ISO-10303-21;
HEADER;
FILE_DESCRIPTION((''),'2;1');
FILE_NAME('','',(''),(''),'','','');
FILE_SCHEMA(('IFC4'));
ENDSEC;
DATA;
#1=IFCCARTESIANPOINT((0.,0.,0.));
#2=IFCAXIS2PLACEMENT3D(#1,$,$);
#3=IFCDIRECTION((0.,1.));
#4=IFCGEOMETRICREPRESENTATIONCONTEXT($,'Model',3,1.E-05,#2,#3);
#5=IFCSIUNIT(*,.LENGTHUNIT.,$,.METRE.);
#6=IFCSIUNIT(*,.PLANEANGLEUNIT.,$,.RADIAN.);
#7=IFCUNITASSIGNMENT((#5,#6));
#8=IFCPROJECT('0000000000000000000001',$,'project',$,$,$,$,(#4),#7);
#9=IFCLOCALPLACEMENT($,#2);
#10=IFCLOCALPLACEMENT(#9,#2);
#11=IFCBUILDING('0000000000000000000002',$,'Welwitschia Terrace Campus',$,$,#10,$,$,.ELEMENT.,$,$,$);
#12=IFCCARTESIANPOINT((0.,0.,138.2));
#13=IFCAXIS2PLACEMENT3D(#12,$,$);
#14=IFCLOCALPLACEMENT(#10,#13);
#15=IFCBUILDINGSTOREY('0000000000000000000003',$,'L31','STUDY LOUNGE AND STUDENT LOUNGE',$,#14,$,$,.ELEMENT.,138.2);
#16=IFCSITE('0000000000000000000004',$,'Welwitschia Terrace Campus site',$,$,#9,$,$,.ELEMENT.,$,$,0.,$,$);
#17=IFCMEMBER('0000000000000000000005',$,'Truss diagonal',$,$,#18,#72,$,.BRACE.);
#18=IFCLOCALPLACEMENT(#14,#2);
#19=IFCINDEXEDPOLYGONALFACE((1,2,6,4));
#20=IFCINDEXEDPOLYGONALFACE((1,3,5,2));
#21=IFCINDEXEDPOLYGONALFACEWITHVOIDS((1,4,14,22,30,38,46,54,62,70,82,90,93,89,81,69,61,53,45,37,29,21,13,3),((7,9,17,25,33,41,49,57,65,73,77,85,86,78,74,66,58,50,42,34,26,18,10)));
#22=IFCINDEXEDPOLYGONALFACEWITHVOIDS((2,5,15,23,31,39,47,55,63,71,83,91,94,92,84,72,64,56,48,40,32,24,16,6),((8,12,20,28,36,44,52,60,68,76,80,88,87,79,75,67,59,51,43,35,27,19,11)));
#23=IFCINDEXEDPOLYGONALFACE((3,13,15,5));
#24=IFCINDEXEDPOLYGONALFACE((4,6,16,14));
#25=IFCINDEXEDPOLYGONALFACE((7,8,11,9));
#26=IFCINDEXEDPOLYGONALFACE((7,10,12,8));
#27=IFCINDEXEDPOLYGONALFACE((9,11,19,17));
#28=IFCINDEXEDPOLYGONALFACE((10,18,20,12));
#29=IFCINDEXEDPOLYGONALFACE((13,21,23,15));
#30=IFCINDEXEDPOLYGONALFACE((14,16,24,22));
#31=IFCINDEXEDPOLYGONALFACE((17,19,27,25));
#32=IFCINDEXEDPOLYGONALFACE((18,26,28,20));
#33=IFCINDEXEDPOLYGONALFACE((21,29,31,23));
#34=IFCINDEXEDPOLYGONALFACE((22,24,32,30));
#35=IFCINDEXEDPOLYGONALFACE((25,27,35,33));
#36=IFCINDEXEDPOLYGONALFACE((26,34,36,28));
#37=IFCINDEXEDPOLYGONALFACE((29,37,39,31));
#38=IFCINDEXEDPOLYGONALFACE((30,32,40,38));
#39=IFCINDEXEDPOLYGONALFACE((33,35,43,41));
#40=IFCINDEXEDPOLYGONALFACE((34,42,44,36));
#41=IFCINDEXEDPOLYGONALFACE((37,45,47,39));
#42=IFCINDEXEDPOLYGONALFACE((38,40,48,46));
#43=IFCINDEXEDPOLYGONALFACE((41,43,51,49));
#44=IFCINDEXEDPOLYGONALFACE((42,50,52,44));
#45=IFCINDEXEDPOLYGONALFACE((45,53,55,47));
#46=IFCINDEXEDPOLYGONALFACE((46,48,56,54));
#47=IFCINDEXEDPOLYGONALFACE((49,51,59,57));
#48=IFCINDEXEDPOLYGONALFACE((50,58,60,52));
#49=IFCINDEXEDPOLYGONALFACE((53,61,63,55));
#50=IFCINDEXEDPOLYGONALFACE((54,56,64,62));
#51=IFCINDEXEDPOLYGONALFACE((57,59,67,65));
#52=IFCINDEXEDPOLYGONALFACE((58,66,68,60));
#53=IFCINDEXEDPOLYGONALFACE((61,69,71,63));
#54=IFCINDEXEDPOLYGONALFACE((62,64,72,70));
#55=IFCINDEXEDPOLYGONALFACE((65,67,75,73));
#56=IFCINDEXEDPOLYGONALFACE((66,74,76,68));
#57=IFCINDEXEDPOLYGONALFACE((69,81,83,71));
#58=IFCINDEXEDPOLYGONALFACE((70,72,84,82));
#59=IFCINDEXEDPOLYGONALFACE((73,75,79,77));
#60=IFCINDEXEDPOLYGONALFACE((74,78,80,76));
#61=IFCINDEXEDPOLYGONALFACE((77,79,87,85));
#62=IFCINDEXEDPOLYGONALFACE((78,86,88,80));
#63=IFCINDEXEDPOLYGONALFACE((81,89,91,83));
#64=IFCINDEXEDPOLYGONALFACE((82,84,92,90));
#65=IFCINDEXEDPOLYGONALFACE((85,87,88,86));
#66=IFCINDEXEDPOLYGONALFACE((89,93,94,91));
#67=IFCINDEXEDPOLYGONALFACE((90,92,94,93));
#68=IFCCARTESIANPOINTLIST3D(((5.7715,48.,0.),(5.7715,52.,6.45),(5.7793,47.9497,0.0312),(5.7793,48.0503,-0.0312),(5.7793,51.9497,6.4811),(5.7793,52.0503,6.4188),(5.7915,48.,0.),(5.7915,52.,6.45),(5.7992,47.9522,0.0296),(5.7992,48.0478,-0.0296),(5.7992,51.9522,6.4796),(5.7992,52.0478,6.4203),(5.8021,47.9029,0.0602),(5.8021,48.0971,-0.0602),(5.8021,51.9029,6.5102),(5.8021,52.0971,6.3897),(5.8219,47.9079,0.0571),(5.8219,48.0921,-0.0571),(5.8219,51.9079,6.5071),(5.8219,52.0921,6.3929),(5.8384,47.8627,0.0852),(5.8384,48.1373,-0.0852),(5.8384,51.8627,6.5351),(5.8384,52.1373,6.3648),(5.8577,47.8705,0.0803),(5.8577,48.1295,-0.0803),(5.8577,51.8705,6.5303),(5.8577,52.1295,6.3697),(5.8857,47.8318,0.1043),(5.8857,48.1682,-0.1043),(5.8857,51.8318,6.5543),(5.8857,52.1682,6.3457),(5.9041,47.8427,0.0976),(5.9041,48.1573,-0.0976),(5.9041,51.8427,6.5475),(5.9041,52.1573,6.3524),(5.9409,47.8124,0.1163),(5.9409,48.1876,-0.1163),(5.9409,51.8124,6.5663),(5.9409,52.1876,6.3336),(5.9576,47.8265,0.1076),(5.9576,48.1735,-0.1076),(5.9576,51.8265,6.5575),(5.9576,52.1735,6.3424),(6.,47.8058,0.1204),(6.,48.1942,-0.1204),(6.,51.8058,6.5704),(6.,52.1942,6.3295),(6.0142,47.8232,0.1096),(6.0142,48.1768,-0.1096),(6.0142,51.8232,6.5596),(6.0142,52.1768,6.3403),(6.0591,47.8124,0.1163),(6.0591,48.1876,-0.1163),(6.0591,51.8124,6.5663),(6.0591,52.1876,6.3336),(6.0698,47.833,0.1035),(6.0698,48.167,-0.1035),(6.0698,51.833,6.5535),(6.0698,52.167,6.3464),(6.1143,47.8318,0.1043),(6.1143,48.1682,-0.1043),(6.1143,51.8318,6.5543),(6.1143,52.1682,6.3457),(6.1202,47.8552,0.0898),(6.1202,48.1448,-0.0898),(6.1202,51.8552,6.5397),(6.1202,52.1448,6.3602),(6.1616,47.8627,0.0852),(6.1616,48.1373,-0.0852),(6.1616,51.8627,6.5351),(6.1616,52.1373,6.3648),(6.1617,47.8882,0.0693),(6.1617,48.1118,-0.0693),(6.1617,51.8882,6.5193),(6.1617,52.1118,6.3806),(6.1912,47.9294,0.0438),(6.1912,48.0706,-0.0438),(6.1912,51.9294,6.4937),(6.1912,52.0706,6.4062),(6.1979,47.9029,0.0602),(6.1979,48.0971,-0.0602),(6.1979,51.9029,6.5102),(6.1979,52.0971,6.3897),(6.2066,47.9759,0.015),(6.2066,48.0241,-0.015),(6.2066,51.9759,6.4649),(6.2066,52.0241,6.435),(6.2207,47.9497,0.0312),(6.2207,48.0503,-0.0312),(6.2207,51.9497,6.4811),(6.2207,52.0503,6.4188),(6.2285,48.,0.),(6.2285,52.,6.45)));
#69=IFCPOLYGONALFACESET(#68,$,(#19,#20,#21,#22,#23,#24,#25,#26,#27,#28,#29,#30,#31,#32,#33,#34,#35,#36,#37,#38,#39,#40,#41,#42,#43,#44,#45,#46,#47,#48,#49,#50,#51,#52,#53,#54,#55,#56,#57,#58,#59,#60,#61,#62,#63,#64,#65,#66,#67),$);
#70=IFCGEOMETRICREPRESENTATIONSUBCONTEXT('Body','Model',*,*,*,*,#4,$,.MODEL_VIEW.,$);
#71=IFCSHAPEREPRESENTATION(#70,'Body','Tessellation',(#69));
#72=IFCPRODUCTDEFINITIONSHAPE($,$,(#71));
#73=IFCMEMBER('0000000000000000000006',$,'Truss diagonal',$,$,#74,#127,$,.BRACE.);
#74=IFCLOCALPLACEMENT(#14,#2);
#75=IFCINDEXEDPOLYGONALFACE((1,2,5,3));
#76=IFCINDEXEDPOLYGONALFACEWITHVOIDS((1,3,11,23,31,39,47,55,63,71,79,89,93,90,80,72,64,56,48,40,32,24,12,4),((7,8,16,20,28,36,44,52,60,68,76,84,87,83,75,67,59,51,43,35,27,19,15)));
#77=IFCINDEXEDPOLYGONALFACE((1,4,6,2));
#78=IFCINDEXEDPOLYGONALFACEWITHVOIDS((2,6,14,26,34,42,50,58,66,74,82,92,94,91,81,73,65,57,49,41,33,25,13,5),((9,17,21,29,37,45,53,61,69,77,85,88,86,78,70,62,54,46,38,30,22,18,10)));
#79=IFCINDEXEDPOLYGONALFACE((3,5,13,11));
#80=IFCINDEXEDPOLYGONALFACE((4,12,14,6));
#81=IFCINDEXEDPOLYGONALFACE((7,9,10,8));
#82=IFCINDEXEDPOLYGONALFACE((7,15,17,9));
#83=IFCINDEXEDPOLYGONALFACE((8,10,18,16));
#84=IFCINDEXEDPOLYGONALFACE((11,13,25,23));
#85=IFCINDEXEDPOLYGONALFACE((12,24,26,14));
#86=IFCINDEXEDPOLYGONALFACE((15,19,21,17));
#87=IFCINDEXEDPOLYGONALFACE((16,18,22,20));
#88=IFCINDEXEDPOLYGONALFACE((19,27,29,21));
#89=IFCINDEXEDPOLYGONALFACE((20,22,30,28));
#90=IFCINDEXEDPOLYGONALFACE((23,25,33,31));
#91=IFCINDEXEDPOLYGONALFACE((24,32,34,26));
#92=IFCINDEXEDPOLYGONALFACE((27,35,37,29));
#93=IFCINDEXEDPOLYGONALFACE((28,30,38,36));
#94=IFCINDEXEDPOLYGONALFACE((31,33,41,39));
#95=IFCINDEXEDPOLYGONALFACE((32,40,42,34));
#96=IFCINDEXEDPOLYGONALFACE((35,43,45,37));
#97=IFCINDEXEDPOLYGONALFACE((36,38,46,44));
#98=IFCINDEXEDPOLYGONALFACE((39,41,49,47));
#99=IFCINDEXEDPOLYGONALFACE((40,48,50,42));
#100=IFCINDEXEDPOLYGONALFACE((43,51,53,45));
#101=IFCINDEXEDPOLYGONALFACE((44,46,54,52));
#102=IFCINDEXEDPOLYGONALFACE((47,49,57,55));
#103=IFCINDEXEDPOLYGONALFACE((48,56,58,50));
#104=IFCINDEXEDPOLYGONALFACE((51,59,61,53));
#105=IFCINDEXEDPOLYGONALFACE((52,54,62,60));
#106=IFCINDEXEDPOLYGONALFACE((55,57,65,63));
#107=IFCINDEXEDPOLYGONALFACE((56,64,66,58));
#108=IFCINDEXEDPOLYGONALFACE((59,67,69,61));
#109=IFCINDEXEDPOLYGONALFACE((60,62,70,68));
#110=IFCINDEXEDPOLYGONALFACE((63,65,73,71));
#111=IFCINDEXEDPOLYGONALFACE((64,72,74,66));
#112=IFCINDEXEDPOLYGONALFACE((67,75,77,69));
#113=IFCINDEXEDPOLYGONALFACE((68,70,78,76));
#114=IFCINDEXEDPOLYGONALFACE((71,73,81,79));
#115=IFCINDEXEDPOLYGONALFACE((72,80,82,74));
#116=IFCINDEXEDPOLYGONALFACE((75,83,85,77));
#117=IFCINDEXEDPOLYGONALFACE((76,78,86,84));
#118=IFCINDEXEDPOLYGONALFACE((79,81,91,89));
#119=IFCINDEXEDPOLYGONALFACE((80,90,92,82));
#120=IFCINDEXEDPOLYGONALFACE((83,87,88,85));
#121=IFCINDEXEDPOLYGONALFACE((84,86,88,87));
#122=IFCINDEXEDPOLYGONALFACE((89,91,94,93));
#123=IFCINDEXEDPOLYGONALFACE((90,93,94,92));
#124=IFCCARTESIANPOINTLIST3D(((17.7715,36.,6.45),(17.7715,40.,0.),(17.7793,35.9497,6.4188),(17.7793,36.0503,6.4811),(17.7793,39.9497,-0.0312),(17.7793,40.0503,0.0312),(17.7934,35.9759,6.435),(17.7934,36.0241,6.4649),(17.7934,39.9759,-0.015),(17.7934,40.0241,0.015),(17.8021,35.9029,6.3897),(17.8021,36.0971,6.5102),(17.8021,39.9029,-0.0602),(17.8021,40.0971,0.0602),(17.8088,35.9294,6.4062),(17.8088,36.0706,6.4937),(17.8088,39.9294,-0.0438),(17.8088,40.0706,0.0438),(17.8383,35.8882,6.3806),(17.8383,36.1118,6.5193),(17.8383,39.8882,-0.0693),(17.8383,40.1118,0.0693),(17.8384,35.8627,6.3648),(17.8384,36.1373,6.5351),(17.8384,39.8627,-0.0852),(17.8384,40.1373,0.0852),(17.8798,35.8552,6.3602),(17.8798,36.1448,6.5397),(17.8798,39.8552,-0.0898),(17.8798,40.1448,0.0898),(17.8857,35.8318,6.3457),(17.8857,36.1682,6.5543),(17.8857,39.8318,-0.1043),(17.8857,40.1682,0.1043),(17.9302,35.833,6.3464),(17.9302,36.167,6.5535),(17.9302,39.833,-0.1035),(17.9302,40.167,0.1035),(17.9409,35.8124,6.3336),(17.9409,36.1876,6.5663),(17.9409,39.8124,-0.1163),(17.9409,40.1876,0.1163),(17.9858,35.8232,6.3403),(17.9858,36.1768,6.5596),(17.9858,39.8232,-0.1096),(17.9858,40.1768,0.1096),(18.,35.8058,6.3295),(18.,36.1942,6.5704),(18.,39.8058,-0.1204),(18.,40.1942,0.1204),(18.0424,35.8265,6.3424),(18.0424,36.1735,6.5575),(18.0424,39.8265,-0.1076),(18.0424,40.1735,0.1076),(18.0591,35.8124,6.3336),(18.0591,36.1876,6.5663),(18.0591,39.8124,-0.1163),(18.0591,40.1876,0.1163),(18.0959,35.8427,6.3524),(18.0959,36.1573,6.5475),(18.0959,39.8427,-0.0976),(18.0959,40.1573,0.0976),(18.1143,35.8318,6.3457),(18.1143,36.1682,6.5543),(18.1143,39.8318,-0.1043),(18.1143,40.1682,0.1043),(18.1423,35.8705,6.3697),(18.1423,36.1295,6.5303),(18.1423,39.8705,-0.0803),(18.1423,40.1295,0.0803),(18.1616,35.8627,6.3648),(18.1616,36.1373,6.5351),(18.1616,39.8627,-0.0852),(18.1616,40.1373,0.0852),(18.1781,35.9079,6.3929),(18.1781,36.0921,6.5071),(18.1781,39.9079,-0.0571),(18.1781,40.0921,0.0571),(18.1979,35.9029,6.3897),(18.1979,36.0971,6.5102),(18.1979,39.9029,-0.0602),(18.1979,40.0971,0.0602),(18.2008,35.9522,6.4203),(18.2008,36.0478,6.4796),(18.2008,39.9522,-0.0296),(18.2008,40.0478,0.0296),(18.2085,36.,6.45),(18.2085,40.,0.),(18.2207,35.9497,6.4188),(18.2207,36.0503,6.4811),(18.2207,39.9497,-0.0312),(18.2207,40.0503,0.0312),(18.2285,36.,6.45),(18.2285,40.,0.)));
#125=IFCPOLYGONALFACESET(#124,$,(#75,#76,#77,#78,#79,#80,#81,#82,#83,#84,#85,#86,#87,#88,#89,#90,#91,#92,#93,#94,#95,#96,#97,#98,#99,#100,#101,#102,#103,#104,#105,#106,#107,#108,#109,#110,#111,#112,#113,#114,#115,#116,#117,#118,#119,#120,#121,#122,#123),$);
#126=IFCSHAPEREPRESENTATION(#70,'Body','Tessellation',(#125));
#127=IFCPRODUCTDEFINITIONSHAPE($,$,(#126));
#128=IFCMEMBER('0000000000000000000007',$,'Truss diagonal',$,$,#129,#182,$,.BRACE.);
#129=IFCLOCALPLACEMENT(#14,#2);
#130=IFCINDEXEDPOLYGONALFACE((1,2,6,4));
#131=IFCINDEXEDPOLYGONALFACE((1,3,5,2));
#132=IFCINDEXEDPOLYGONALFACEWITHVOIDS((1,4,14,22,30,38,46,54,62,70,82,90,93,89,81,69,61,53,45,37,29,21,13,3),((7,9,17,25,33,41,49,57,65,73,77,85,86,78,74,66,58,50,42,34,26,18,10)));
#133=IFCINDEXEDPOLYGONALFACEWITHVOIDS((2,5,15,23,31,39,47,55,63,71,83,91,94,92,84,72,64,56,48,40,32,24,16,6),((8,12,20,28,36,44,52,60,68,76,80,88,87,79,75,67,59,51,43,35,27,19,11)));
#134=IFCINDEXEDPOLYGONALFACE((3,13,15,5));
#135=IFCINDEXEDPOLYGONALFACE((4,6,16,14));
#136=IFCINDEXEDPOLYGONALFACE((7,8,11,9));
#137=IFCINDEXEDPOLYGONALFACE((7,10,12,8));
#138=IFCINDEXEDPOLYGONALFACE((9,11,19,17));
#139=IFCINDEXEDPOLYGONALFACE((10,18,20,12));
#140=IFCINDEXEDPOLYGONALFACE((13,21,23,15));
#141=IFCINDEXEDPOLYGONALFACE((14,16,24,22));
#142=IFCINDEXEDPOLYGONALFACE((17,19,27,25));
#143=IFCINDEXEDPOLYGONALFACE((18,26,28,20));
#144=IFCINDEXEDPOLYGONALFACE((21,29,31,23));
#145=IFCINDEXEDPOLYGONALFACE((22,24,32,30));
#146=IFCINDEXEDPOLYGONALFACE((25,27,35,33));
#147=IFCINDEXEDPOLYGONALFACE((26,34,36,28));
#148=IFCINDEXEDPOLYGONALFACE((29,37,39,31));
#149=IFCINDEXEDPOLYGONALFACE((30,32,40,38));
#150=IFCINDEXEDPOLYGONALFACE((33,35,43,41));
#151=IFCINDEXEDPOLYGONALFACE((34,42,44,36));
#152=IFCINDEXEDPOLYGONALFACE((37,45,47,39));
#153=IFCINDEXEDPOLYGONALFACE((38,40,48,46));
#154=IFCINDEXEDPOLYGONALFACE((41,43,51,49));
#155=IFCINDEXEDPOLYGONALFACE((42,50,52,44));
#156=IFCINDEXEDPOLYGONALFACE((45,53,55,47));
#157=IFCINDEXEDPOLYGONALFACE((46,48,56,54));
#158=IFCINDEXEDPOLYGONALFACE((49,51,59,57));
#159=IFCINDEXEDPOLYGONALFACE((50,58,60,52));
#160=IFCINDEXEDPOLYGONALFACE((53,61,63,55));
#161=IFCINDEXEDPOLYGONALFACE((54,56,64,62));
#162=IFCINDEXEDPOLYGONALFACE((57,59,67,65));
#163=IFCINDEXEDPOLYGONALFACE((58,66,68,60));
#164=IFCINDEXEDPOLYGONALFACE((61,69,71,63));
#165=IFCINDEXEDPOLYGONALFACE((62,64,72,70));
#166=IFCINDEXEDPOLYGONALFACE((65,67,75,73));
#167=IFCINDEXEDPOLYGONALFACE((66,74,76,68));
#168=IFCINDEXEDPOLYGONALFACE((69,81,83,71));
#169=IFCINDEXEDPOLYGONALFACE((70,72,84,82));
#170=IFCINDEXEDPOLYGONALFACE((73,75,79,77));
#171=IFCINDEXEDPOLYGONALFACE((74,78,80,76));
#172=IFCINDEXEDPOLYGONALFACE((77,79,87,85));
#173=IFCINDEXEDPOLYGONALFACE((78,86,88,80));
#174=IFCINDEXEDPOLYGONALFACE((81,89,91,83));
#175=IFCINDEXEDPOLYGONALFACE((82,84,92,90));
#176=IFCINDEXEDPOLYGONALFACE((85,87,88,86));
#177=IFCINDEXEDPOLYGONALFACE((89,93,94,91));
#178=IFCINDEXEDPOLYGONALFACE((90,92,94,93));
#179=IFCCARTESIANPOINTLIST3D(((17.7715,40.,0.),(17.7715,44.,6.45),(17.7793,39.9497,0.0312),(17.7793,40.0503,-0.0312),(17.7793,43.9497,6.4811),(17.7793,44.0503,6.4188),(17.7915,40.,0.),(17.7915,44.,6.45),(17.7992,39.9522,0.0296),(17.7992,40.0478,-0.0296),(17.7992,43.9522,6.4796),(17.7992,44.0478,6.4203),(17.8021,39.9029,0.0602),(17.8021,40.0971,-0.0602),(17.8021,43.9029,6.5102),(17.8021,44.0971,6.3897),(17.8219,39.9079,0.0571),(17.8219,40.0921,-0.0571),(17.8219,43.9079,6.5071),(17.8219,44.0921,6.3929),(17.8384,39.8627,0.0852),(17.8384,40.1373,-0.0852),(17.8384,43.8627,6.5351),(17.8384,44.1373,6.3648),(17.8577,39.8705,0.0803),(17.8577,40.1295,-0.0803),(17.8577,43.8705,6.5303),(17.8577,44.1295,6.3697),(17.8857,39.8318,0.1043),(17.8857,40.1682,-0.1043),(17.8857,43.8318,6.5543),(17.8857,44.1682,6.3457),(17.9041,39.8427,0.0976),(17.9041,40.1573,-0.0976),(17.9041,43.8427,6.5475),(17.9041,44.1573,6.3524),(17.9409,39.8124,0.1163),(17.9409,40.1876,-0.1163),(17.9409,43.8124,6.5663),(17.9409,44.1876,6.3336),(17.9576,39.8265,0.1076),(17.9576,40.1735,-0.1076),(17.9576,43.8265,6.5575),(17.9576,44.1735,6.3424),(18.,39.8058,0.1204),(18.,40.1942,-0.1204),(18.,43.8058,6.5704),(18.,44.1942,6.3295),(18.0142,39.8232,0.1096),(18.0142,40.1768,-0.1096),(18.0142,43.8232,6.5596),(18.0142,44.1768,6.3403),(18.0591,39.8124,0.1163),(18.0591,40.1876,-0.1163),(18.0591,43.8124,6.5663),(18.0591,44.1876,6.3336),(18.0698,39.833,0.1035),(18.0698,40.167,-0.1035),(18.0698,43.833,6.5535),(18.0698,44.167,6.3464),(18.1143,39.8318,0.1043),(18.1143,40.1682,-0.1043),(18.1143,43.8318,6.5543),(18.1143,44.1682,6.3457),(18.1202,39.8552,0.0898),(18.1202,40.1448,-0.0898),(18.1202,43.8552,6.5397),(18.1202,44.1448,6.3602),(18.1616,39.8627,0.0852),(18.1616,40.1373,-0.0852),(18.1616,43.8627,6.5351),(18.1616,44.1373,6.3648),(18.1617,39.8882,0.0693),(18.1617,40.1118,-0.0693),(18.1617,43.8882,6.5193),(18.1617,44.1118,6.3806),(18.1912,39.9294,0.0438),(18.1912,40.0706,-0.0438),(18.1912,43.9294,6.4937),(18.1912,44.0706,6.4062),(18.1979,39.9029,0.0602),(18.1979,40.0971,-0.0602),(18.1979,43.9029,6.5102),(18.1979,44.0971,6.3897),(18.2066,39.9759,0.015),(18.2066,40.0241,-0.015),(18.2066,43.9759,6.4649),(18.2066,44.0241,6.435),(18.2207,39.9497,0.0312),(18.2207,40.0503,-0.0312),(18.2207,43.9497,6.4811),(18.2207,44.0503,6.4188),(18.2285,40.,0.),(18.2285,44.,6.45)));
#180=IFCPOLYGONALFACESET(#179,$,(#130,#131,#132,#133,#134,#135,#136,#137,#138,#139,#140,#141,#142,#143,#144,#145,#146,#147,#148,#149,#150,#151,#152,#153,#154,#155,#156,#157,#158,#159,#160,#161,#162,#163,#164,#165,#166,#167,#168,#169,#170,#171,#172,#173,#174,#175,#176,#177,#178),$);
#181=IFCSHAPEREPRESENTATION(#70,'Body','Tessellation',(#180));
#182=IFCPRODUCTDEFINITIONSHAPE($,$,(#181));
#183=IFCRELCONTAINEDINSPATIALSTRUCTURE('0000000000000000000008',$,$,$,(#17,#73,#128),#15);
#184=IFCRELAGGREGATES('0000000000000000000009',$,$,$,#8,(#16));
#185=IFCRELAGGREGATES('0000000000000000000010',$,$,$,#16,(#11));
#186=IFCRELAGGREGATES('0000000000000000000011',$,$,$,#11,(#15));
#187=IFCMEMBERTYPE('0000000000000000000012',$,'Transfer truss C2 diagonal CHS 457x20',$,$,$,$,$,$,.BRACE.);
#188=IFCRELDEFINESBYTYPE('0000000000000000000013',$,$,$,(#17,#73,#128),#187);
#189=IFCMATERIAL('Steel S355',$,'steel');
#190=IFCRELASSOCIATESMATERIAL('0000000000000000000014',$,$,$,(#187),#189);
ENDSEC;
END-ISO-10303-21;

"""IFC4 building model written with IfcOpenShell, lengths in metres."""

from ifc_helpers import new_model, si_unit, direction, frame, origin, origin_2d, place, context, subcontext, project, spatial, hollow_circle, extrude, material, material_profile, profile_set, type_object, element, save


model = new_model("IFC4")

# Units and contexts
model_context = context("Model", 3, precision=1e-05, world=origin(), true_north=direction((0.0, 1.0)))
body_context = subcontext(model_context, "Body", "Model", "MODEL_VIEW")
ifc_project = project(units=[si_unit("LENGTHUNIT", "METRE"), si_unit("PLANEANGLEUNIT", "RADIAN")], contexts=[model_context])

# Site, building, storey
site_placement = place(None, origin())
site = spatial("IfcSite", under=ifc_project, at=site_placement, Name="Welwitschia Terrace Campus site", CompositionType="ELEMENT", RefElevation=0.0)
building_placement = place(site_placement, origin())
building = spatial("IfcBuilding", under=site, at=building_placement, Name="Welwitschia Terrace Campus", CompositionType="ELEMENT")
storey_placement = place(building_placement, frame((0.0, 0.0, 138.2)))
storey = spatial("IfcBuildingStorey", under=building, at=storey_placement, Name="L31", Description="STUDY LOUNGE AND STUDENT LOUNGE", CompositionType="ELEMENT", Elevation=138.2)

# Members
ifc_material_1 = material(Name="Steel S355", Category="steel")
ifc_material_profile_1 = material_profile(ifc_material_1, hollow_circle(Radius=0.2285, WallThickness=0.02, at=origin_2d()))
ifc_profile_set_1 = profile_set([ifc_material_profile_1], Name="Steel S355")
member_type_1 = type_object("IfcMemberType", Name="Transfer truss C2 diagonal CHS 457x20", PredefinedType="BRACE", material=ifc_profile_set_1)
for number, where, z_axis, x_axis, name in (
    (1, (6.0, 48.0, 0.0), (0.0, 0.527038, 0.849842), (-1.0, 0.0, 0.0), "Truss diagonal"),
    (2, (18.0, 40.0, 0.0), (0.0, -0.527038, 0.849842), (1.0, 0.0, 0.0), "Truss diagonal"),
    (3, (18.0, 40.0, 0.0), (0.0, 0.527038, 0.849842), (-1.0, 0.0, 0.0), "Truss diagonal"),
):
    element("IfcMember", number, at=place(storey_placement, frame(where, z_axis=z_axis, x_axis=x_axis)), inside=storey, type_object=member_type_1, Name=name, PredefinedType="BRACE", context=body_context, shape_type="SweptSolid", body=[
        extrude(hollow_circle(Radius=0.2285, WallThickness=0.02, at=origin_2d()), origin(), (0.0, 0.0, 1.0), 7.5896),
    ])

save(model, "model.ifc")
